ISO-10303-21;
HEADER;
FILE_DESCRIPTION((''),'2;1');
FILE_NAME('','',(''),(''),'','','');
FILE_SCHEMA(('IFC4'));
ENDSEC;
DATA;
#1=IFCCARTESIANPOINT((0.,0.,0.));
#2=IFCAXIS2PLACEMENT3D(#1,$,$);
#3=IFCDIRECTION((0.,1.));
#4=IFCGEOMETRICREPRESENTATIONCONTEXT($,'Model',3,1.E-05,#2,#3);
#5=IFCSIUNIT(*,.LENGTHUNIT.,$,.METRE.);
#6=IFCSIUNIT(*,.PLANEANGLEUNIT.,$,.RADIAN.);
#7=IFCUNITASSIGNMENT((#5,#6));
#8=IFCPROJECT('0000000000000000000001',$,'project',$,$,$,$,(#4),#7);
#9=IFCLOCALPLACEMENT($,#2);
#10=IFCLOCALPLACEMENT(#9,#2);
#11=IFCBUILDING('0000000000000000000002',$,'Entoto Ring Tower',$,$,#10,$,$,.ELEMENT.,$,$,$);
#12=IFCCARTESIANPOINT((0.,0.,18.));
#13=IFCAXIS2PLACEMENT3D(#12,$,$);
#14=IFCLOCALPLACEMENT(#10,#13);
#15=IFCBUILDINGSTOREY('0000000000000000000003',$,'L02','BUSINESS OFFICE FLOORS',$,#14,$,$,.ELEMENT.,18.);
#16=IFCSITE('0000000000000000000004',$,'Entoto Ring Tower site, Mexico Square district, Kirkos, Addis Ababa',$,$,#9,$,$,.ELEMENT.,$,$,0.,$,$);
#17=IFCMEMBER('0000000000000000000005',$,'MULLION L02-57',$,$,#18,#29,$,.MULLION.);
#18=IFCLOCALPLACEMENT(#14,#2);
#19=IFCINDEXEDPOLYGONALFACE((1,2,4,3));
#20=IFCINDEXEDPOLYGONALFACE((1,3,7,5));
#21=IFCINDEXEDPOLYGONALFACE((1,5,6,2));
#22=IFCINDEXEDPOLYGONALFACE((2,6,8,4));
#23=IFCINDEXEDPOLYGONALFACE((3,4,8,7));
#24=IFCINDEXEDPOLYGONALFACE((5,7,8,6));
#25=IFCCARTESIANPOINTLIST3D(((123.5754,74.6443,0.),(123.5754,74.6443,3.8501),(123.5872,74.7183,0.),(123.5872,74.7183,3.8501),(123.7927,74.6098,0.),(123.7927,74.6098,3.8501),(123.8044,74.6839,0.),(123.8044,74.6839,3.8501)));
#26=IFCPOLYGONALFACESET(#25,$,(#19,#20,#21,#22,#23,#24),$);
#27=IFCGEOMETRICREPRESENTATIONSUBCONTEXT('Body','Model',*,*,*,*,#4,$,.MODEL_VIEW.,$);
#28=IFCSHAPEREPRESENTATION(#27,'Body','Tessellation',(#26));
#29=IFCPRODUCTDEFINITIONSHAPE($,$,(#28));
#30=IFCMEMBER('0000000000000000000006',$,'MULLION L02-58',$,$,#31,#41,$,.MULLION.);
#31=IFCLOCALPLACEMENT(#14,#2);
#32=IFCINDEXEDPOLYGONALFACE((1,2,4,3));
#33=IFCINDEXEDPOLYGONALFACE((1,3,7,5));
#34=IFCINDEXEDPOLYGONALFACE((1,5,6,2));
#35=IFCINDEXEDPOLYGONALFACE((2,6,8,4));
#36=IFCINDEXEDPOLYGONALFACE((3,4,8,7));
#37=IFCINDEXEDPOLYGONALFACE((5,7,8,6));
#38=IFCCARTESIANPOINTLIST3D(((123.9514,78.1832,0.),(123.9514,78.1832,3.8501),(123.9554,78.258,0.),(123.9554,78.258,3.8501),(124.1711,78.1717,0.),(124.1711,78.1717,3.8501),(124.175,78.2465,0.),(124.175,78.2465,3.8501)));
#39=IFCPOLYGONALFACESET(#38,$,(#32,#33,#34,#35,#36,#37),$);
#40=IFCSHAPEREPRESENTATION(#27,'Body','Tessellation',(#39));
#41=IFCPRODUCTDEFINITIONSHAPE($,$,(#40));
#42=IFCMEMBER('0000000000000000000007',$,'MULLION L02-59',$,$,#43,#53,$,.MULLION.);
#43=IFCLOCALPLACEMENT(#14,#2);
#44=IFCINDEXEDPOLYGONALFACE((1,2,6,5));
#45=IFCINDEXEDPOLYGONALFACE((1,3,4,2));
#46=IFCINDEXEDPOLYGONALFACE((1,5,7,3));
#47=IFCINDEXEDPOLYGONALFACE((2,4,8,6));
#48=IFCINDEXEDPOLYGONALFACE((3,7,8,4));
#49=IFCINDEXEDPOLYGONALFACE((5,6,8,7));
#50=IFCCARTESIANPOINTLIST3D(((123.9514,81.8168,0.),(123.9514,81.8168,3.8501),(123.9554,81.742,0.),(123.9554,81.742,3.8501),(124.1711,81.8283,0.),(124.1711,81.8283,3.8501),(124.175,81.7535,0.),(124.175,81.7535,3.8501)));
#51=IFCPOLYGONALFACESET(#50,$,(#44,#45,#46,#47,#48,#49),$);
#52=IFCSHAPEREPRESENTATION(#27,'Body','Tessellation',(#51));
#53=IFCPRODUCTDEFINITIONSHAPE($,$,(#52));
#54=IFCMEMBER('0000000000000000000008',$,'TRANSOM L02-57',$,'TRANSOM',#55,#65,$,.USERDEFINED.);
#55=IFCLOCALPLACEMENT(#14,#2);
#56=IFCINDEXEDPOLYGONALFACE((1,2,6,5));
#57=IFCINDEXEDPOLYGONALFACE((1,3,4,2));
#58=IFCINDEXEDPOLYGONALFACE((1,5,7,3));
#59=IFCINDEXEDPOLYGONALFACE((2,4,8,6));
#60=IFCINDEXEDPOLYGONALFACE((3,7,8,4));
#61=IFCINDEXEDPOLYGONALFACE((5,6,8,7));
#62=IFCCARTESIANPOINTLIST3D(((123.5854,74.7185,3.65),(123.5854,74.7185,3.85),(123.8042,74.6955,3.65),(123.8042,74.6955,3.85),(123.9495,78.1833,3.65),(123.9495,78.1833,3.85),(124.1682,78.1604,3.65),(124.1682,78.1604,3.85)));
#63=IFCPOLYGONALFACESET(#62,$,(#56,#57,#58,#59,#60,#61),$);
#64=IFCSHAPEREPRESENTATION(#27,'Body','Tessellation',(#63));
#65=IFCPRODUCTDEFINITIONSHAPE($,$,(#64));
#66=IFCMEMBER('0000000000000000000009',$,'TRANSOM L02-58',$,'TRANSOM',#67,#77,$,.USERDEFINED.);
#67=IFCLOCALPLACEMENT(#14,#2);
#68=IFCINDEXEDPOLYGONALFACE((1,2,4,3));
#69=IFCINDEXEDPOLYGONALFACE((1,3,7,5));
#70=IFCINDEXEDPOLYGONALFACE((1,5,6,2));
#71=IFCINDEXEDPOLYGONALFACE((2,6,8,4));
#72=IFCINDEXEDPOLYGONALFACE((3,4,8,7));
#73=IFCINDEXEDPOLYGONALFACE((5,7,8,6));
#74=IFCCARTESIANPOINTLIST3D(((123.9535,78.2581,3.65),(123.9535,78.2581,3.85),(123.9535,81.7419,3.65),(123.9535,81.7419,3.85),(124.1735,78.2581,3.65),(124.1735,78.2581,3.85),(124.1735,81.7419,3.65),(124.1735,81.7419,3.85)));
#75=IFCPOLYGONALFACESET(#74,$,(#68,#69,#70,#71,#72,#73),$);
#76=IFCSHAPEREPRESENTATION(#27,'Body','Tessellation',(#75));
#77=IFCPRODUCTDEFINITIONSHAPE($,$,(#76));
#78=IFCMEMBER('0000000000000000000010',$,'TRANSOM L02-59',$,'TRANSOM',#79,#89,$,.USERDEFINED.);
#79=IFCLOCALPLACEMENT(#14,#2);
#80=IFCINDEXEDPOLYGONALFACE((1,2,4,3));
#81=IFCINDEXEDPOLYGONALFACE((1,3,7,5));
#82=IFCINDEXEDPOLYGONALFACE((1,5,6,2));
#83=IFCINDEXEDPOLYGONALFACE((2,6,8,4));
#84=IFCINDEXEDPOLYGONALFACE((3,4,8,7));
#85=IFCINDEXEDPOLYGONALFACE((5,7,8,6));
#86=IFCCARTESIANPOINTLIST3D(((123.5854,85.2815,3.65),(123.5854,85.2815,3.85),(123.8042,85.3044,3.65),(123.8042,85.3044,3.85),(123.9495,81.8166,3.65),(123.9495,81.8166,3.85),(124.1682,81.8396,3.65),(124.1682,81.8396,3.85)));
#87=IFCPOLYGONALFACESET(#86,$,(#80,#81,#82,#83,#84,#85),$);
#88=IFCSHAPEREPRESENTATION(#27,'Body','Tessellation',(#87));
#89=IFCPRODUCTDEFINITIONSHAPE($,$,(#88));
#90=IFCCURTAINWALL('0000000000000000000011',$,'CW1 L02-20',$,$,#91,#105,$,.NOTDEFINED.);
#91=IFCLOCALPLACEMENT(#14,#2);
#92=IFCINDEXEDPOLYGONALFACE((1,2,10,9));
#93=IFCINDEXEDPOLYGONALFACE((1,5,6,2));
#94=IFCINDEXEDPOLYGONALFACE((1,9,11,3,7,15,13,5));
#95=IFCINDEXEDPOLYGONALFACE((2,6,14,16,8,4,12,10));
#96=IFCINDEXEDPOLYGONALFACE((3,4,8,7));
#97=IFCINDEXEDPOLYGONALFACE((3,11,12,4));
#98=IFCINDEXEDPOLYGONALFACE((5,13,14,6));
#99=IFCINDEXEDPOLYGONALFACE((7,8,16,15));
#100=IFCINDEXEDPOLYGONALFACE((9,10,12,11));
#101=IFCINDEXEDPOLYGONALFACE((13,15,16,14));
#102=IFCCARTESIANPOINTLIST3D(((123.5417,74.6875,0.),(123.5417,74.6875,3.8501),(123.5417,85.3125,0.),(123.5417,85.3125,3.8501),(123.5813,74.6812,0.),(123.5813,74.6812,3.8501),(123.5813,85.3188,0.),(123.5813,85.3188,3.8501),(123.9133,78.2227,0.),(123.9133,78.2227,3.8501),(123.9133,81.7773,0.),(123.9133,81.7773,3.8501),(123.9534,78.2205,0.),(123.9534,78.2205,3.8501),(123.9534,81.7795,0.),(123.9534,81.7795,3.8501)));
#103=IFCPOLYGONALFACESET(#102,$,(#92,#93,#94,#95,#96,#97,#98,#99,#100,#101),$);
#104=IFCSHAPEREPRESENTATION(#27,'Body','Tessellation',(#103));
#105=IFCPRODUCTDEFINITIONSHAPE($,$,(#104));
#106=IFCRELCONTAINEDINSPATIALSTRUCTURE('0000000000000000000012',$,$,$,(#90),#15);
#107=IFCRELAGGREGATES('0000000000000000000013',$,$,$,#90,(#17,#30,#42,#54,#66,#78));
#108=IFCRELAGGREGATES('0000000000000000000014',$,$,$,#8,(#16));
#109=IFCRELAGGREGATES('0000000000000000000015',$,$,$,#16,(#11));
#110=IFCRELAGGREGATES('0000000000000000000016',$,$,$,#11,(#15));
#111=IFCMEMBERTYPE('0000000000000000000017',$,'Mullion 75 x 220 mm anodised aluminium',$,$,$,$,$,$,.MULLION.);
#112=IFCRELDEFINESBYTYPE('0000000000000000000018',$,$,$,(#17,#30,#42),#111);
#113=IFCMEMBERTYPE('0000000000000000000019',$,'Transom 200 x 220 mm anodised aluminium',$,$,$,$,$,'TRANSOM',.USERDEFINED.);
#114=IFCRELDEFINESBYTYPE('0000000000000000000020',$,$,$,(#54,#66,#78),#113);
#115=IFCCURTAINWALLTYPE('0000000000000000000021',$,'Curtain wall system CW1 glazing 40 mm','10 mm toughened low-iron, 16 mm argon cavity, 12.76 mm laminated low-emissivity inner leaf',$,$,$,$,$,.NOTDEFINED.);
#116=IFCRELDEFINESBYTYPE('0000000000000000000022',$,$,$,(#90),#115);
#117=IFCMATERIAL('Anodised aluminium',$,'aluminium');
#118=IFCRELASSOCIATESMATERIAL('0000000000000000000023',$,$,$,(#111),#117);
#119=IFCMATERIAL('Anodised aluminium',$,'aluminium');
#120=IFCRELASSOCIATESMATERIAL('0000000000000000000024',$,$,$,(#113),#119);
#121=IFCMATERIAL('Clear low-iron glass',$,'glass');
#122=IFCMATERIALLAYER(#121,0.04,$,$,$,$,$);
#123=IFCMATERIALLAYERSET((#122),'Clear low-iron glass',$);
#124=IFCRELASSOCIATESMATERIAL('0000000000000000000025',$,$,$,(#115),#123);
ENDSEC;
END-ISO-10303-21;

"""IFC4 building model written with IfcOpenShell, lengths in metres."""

from ifc_helpers import new_model, si_unit, direction, frame, origin, origin_2d, place, context, subcontext, project, spatial, polyline, rectangle, outline, extrude, material, layer, layer_set, material_profile, profile_set, type_object, element, aggregate, save


model = new_model("IFC4")

# Units and contexts
model_context = context("Model", 3, precision=1e-05, world=origin(), true_north=direction((0.0, 1.0)))
body_context = subcontext(model_context, "Body", "Model", "MODEL_VIEW")
ifc_project = project(units=[si_unit("LENGTHUNIT", "METRE"), si_unit("PLANEANGLEUNIT", "RADIAN")], contexts=[model_context])

# Members
ifc_material_1 = material(Name="Anodised aluminium", Category="aluminium")
ifc_material_profile_1 = material_profile(ifc_material_1, rectangle(XDim=0.075, YDim=0.22, at=origin_2d()), Name="Mullion 75 x 220 mm anodised aluminium")
ifc_profile_set_1 = profile_set([ifc_material_profile_1], Name="Anodised aluminium")
member_type_1 = type_object("IfcMemberType", Name="Mullion 75 x 220 mm anodised aluminium", PredefinedType="MULLION", material=ifc_profile_set_1)
site_placement = place(None, origin())
building_placement = place(site_placement, origin())
storey_placement = place(building_placement, frame((0.0, 0.0, 18.0)))
member_1_placement = place(storey_placement, frame((123.6899, 74.6641, 0.0), z_axis=(0.0, 0.0, 1.0), x_axis=(0.156434, 0.987688, 0.0)))
member_1 = element("IfcMember", 1, at=member_1_placement, type_object=member_type_1, Name="MULLION L02-57", PredefinedType="MULLION", context=body_context, shape_type="SweptSolid", body=[
    extrude(rectangle(XDim=0.075, YDim=0.22, at=origin_2d()), origin(), (0.0, 0.0, 1.0), 3.8501),
])
member_2_placement = place(storey_placement, frame((124.0632, 78.2148, 0.0), z_axis=(0.0, 0.0, 1.0), x_axis=(0.052336, 0.99863, 0.0)))
member_2 = element("IfcMember", 2, at=member_2_placement, type_object=member_type_1, Name="MULLION L02-58", PredefinedType="MULLION", context=body_context, shape_type="SweptSolid", body=[
    extrude(rectangle(XDim=0.075, YDim=0.22, at=origin_2d()), origin(), (0.0, 0.0, 1.0), 3.8501),
])
member_3_placement = place(storey_placement, frame((124.0632, 81.7852, 0.0), z_axis=(0.0, 0.0, 1.0), x_axis=(-0.052336, 0.99863, 0.0)))
member_3 = element("IfcMember", 3, at=member_3_placement, type_object=member_type_1, Name="MULLION L02-59", PredefinedType="MULLION", context=body_context, shape_type="SweptSolid", body=[
    extrude(rectangle(XDim=0.075, YDim=0.22, at=origin_2d()), origin(), (0.0, 0.0, 1.0), 3.8501),
])
ifc_material_2 = material(Name="Anodised aluminium", Category="aluminium")
ifc_material_profile_2 = material_profile(ifc_material_2, rectangle(XDim=0.22, YDim=0.2, at=origin_2d()), Name="Transom 200 x 220 mm anodised aluminium")
ifc_profile_set_2 = profile_set([ifc_material_profile_2], Name="Anodised aluminium")
member_type_2 = type_object("IfcMemberType", Name="Transom 200 x 220 mm anodised aluminium", ElementType="TRANSOM", PredefinedType="USERDEFINED", material=ifc_profile_set_2)
member_4_placement = place(storey_placement, frame((123.6948, 74.707, 3.75), z_axis=(0.104484, 0.994527, 0.0), x_axis=(-0.994527, 0.104484, 0.0)))
member_4 = element("IfcMember", 4, at=member_4_placement, type_object=member_type_2, Name="TRANSOM L02-57", ObjectType="TRANSOM", PredefinedType="USERDEFINED", context=body_context, shape_type="SweptSolid", body=[
    extrude(rectangle(XDim=0.22, YDim=0.2, at=origin_2d()), origin(), (0.0, 0.0, 1.0), 3.4839),
])
member_5_placement = place(storey_placement, frame((124.0635, 78.2581, 3.75), z_axis=(0.0, 1.0, 0.0), x_axis=(-1.0, 0.0, 0.0)))
member_5 = element("IfcMember", 5, at=member_5_placement, type_object=member_type_2, Name="TRANSOM L02-58", ObjectType="TRANSOM", PredefinedType="USERDEFINED", context=body_context, shape_type="SweptSolid", body=[
    extrude(rectangle(XDim=0.22, YDim=0.2, at=origin_2d()), origin(), (0.0, 0.0, 1.0), 3.4839),
])
member_6_placement = place(storey_placement, frame((124.0588, 81.8281, 3.75), z_axis=(-0.104484, 0.994527, 0.0), x_axis=(-0.994527, -0.104484, 0.0)))
member_6 = element("IfcMember", 6, at=member_6_placement, type_object=member_type_2, Name="TRANSOM L02-59", ObjectType="TRANSOM", PredefinedType="USERDEFINED", context=body_context, shape_type="SweptSolid", body=[
    extrude(rectangle(XDim=0.22, YDim=0.2, at=origin_2d()), origin(), (0.0, 0.0, 1.0), 3.4839),
])

# Site, building, storey
site = spatial("IfcSite", under=ifc_project, at=site_placement, Name="Entoto Ring Tower site, Mexico Square district, Kirkos, Addis Ababa", CompositionType="ELEMENT", RefElevation=0.0)
building = spatial("IfcBuilding", under=site, at=building_placement, Name="Entoto Ring Tower", CompositionType="ELEMENT")
storey = spatial("IfcBuildingStorey", under=building, at=storey_placement, Name="L02", Description="BUSINESS OFFICE FLOORS", CompositionType="ELEMENT", Elevation=18.0)

# Curtain wall
ifc_material_3 = material(Name="Clear low-iron glass", Category="glass")
ifc_layer = layer(ifc_material_3, 0.04)
ifc_layer_set = layer_set([ifc_layer], Name="Clear low-iron glass")
curtain_wall_type = type_object("IfcCurtainWallType", Name="Curtain wall system CW1 glazing 40 mm", Description="10 mm toughened low-iron, 16 mm argon cavity, 12.76 mm laminated low-emissivity inner leaf", PredefinedType="NOTDEFINED", material=ifc_layer_set)
curtain_wall_1_placement = place(storey_placement, origin())
curtain_wall_1 = element("IfcCurtainWall", 7, at=curtain_wall_1_placement, inside=storey, type_object=curtain_wall_type, Name="CW1 L02-20", PredefinedType="NOTDEFINED", context=body_context, shape_type="SweptSolid", body=[
    extrude(outline(polyline([(123.5813, 74.6812), (123.9534, 78.2205), (123.9534, 81.7795), (123.5813, 85.3188), (123.5417, 85.3125), (123.9133, 81.7773), (123.9133, 78.2227), (123.5417, 74.6875), (123.5813, 74.6812)])), origin(), (0.0, 0.0, 1.0), 3.8501),
])
aggregate(curtain_wall_1, [member_1, member_2, member_3, member_4, member_5, member_6])

save(model, "model.ifc")
